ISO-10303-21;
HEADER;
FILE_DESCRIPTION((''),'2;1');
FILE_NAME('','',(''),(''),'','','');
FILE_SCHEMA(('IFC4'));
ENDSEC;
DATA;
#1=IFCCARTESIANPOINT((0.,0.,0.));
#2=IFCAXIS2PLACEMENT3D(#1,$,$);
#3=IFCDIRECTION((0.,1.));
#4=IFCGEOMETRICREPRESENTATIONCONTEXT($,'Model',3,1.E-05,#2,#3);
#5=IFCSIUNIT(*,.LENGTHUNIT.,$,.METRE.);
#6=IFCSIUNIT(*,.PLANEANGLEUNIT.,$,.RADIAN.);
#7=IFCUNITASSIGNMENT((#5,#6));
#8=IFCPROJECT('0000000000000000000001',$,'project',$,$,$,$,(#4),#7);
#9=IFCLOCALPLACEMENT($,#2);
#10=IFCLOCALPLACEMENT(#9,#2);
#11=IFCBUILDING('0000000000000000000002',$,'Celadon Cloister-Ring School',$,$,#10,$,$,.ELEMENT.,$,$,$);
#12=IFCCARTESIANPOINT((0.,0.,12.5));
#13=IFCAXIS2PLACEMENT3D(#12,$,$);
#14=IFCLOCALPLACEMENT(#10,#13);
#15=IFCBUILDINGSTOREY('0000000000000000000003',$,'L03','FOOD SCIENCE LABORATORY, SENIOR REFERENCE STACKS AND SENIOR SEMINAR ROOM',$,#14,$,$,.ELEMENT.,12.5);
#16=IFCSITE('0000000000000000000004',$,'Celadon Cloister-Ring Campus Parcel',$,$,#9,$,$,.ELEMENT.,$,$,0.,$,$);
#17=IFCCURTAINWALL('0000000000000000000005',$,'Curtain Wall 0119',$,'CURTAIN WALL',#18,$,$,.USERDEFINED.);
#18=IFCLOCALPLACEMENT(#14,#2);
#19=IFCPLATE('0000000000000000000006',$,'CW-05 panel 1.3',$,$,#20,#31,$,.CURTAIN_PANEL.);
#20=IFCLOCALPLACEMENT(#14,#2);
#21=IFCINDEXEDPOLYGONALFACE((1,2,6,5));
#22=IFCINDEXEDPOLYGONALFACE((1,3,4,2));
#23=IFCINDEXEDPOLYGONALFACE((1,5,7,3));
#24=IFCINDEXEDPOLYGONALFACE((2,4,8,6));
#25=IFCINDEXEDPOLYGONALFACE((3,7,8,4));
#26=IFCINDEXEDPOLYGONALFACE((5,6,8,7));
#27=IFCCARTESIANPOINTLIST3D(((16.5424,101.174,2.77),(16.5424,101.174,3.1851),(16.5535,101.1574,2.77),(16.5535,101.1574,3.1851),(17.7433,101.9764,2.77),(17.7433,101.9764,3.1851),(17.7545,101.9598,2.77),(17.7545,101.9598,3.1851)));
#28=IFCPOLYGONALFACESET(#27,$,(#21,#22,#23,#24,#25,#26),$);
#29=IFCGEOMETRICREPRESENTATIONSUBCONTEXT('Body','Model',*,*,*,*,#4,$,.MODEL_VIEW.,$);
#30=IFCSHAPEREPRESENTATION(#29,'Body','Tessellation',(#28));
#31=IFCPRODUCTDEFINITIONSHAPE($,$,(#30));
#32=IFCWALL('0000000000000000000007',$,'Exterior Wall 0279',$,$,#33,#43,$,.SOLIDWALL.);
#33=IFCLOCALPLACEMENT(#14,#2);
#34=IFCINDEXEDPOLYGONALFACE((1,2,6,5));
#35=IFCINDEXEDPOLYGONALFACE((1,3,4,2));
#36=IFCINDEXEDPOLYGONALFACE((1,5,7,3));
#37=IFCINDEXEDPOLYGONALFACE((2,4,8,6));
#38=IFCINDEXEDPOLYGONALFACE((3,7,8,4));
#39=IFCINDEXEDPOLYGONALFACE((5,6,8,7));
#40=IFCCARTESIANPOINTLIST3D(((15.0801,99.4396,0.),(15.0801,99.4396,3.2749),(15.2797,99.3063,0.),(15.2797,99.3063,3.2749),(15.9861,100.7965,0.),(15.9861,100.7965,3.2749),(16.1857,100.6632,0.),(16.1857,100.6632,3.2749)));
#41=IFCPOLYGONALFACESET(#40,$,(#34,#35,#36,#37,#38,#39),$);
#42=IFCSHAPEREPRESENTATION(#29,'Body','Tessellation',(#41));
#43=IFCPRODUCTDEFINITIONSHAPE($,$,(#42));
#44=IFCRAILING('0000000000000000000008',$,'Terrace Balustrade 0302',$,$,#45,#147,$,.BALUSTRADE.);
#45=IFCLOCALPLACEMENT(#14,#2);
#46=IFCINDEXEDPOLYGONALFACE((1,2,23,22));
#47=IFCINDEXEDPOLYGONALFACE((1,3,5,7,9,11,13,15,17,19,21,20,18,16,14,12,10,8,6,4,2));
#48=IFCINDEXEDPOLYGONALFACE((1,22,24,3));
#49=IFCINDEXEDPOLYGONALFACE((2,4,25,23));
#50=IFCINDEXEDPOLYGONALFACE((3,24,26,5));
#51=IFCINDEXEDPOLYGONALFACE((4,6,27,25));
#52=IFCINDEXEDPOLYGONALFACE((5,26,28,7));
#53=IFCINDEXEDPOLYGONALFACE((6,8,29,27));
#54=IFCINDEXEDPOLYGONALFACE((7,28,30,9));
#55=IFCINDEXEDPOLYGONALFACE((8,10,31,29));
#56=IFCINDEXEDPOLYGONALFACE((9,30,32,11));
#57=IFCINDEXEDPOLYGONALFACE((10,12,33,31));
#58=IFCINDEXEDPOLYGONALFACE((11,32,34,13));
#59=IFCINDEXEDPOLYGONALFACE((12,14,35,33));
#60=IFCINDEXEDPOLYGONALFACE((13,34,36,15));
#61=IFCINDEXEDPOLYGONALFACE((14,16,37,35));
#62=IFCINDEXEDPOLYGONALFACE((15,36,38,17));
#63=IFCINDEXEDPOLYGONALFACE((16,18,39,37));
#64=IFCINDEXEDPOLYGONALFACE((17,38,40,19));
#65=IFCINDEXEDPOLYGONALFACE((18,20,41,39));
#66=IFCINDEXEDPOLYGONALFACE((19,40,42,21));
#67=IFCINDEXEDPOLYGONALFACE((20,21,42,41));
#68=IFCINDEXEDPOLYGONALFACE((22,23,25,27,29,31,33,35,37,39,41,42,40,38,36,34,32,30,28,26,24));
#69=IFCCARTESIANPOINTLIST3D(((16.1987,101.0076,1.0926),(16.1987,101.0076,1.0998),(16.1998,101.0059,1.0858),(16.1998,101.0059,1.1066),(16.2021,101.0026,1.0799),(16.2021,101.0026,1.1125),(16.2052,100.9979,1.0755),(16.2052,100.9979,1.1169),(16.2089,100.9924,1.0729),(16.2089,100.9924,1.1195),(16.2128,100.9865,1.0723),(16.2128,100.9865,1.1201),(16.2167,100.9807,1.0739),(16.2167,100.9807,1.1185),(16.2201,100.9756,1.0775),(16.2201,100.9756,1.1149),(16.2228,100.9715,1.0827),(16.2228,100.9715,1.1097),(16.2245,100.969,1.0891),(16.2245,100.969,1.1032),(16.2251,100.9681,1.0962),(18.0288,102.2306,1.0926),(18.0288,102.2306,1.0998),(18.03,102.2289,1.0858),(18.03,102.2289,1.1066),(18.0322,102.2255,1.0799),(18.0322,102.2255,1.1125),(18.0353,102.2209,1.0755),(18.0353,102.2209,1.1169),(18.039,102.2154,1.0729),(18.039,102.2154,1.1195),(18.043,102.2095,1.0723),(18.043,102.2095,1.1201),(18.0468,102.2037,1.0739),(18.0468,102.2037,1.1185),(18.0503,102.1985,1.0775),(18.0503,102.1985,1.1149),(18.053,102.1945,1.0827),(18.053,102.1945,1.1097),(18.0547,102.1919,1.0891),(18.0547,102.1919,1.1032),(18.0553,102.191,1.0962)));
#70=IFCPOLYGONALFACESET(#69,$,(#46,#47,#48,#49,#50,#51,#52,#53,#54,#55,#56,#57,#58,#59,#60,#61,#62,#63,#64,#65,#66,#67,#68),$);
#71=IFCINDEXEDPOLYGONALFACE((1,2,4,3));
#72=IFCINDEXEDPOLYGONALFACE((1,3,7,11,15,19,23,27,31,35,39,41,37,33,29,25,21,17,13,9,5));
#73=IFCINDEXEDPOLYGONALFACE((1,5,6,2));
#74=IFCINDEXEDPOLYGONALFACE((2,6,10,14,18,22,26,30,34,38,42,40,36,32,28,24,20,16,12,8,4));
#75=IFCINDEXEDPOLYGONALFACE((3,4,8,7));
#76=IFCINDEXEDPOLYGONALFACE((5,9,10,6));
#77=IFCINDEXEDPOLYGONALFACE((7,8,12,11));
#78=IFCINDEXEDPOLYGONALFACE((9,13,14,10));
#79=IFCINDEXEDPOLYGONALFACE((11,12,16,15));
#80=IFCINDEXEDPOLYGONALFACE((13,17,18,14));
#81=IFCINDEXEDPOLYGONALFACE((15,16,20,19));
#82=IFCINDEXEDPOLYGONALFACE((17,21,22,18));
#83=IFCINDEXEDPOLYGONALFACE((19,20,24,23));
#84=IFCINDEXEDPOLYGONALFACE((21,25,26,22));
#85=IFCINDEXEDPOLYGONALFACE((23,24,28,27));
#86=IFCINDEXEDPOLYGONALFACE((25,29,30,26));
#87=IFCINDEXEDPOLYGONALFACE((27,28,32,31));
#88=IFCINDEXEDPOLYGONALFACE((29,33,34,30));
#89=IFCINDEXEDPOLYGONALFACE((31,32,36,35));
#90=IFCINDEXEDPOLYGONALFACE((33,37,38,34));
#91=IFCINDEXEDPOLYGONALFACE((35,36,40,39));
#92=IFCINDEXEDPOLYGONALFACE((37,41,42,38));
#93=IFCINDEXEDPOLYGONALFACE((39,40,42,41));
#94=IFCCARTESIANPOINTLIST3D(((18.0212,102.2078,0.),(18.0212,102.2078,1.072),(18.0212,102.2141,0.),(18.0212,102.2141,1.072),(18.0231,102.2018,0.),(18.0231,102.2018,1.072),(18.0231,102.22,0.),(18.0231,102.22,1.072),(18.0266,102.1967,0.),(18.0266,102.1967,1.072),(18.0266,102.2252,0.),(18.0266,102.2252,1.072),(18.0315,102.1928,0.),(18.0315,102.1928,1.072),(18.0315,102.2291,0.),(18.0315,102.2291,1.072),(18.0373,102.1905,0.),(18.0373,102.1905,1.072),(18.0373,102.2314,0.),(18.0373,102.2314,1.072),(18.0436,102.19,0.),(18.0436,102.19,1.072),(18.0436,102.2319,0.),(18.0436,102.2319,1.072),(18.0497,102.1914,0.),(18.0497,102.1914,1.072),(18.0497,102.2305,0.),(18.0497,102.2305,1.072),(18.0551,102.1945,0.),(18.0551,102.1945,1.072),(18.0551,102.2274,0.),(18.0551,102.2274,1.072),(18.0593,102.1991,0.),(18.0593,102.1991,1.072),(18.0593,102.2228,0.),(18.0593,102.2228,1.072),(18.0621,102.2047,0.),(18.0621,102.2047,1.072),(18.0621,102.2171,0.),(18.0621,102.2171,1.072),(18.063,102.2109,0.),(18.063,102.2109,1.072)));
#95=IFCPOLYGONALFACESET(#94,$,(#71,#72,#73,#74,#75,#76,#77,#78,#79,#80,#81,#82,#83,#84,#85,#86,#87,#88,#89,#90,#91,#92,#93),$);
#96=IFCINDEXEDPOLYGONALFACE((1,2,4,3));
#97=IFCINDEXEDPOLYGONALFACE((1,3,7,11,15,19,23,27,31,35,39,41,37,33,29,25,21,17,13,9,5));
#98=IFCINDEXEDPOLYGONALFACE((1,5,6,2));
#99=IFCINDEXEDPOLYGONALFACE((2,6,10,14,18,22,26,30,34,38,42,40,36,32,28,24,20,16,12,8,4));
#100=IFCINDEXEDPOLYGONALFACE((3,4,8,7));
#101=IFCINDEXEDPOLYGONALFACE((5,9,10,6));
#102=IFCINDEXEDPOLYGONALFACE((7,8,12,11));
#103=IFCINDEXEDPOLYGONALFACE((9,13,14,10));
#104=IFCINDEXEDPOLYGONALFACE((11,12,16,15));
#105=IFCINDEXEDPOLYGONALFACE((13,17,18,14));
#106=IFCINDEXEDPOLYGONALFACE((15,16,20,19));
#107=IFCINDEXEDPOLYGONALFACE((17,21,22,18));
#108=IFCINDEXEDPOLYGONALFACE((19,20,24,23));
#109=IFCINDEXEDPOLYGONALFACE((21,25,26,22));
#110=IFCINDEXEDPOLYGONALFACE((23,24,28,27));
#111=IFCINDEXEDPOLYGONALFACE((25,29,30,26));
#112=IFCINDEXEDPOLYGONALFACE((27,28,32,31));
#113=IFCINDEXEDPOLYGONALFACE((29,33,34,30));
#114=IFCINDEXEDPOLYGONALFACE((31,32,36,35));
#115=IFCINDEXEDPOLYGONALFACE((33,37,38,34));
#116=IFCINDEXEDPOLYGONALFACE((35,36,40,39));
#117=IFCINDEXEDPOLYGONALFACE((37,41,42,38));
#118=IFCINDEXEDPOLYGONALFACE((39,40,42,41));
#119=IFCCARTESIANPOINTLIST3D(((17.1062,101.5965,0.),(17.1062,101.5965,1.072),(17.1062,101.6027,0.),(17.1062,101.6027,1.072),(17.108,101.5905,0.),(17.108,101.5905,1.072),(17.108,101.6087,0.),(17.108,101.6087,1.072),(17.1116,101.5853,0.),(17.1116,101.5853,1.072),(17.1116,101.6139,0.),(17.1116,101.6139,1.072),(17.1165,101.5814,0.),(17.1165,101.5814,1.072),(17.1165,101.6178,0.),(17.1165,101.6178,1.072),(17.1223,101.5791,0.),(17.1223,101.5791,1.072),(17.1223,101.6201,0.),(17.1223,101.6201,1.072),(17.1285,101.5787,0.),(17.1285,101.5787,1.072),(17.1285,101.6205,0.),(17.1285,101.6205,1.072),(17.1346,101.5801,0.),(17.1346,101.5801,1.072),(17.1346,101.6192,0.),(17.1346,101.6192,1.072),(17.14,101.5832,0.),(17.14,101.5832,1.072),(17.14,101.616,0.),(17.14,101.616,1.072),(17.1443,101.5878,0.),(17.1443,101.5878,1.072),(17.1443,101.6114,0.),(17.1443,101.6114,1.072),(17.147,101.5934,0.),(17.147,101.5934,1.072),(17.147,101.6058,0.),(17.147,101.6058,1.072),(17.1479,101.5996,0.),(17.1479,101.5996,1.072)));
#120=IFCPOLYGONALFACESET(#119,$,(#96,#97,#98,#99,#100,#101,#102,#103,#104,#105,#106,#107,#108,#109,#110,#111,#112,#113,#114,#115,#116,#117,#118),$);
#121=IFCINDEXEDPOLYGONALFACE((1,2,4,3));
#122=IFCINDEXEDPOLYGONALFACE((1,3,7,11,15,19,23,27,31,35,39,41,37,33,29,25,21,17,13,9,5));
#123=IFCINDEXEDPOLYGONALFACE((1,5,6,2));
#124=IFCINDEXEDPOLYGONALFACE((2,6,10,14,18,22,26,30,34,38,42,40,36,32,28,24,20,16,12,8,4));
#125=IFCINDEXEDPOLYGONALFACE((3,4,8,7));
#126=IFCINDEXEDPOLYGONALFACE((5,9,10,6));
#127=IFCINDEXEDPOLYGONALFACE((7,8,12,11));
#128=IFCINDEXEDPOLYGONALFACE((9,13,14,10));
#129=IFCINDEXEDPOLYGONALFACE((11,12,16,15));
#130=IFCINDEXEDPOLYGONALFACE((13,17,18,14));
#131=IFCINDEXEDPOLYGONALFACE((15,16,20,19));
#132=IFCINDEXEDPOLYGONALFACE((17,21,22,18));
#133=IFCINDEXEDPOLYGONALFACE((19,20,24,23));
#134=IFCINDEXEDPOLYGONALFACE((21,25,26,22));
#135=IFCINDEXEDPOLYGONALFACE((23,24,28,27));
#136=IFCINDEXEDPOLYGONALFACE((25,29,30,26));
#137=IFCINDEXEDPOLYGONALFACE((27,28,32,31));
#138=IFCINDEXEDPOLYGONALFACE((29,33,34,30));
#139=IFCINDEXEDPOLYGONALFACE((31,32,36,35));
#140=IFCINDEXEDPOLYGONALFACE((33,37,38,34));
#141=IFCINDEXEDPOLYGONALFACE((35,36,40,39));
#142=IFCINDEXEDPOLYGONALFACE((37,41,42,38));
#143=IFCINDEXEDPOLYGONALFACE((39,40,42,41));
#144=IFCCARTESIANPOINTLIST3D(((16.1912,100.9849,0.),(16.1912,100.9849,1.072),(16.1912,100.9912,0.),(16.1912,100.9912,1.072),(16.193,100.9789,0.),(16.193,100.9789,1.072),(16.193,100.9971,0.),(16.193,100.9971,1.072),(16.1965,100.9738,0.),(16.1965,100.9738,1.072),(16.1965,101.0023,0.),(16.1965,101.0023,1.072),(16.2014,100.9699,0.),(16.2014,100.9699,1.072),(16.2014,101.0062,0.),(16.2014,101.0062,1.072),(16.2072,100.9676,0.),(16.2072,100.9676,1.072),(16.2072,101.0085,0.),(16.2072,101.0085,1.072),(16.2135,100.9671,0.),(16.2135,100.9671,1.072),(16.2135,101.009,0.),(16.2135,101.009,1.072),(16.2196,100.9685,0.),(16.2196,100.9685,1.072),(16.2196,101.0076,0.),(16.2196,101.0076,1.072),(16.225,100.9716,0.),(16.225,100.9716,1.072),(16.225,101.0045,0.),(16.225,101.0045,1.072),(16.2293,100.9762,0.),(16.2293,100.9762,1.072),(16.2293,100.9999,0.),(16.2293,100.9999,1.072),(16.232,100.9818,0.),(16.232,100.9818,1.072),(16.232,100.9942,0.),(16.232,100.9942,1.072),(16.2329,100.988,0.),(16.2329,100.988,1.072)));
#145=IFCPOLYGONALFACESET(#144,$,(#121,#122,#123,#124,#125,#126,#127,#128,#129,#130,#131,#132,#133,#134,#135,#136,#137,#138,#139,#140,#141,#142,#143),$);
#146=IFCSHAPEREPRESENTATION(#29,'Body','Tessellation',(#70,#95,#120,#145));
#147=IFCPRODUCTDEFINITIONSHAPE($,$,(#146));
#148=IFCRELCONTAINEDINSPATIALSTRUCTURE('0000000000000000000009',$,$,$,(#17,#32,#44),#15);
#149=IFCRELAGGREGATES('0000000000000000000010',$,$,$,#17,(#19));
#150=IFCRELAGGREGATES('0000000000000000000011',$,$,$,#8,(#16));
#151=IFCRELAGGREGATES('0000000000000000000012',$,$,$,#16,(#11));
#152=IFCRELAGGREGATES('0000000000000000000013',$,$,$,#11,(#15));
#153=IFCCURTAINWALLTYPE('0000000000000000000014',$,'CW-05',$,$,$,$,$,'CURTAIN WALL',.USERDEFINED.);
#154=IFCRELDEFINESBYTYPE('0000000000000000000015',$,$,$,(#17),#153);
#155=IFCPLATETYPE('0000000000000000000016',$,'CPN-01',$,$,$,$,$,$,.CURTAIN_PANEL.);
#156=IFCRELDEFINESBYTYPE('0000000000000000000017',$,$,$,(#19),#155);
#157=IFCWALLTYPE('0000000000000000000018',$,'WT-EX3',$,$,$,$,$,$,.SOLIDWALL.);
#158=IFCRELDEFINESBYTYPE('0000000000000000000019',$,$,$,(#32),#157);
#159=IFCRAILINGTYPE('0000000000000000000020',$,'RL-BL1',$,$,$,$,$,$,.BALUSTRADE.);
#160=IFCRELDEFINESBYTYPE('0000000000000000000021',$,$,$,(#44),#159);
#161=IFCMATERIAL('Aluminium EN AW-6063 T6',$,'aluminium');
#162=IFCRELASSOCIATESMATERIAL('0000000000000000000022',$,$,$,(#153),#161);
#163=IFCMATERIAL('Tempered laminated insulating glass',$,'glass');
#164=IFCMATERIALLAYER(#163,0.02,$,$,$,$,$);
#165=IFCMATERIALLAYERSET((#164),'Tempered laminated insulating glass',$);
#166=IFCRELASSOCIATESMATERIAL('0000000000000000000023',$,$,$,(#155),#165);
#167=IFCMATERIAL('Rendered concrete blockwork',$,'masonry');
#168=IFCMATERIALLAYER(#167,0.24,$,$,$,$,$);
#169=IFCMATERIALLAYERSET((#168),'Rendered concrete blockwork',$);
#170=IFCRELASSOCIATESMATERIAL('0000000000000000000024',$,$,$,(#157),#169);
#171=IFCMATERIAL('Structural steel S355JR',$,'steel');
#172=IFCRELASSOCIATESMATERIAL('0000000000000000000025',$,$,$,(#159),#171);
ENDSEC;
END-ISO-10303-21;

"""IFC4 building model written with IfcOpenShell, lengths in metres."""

from ifc_helpers import new_model, si_unit, direction, frame, frame_2d, origin, origin_2d, place, context, subcontext, project, spatial, rectangle, circle, extrude, material, layer, layer_set, type_object, element, aggregate, save


model = new_model("IFC4")

# Units and contexts
model_context = context("Model", 3, precision=1e-05, world=origin(), true_north=direction((0.0, 1.0)))
body_context = subcontext(model_context, "Body", "Model", "MODEL_VIEW")
ifc_project = project(units=[si_unit("LENGTHUNIT", "METRE"), si_unit("PLANEANGLEUNIT", "RADIAN")], contexts=[model_context])

# Site, building, storey
site_placement = place(None, origin())
site = spatial("IfcSite", under=ifc_project, at=site_placement, Name="Celadon Cloister-Ring Campus Parcel", CompositionType="ELEMENT", RefElevation=0.0)
building_placement = place(site_placement, origin())
building = spatial("IfcBuilding", under=site, at=building_placement, Name="Celadon Cloister-Ring School", CompositionType="ELEMENT")
storey_placement = place(building_placement, frame((0.0, 0.0, 12.5)))
storey = spatial("IfcBuildingStorey", under=building, at=storey_placement, Name="L03", Description="FOOD SCIENCE LABORATORY, SENIOR REFERENCE STACKS AND SENIOR SEMINAR ROOM", CompositionType="ELEMENT", Elevation=12.5)

# Shared definitions
ifc_material_1 = material(Name="Aluminium EN AW-6063 T6", Category="aluminium")
curtain_wall_type = type_object("IfcCurtainWallType", Name="CW-05", ElementType="CURTAIN WALL", PredefinedType="USERDEFINED", material=ifc_material_1)

# Curtain wall
curtain_wall_1_placement = place(storey_placement, origin())
curtain_wall_1 = element("IfcCurtainWall", 1, at=curtain_wall_1_placement, inside=storey, type_object=curtain_wall_type, Name="Curtain Wall 0119", ObjectType="CURTAIN WALL", PredefinedType="USERDEFINED")

# Plate
ifc_material_2 = material(Name="Tempered laminated insulating glass", Category="glass")
ifc_layer_1 = layer(ifc_material_2, 0.02)
ifc_layer_set_1 = layer_set([ifc_layer_1], Name="Tempered laminated insulating glass")
plate_type = type_object("IfcPlateType", Name="CPN-01", PredefinedType="CURTAIN_PANEL", material=ifc_layer_set_1)
plate_1_placement = place(storey_placement, frame((17.1484, 101.5669, 2.77), z_axis=(0.0, 0.0, 1.0), x_axis=(-0.831485, -0.555547, 0.0)))
plate_1 = element("IfcPlate", 2, at=plate_1_placement, type_object=plate_type, Name="CW-05 panel 1.3", PredefinedType="CURTAIN_PANEL", context=body_context, shape_type="SweptSolid", body=[
    extrude(rectangle(XDim=1.4443, YDim=0.02, at=origin_2d()), origin(), (0.0, 0.0, 1.0), 0.415),
])
aggregate(curtain_wall_1, [plate_1])

# Wall
ifc_material_3 = material(Name="Rendered concrete blockwork", Category="masonry")
ifc_layer_2 = layer(ifc_material_3, 0.24)
ifc_layer_set_2 = layer_set([ifc_layer_2], Name="Rendered concrete blockwork")
wall_type = type_object("IfcWallType", Name="WT-EX3", PredefinedType="SOLIDWALL", material=ifc_layer_set_2)
wall_placement = place(storey_placement, frame((16.0859, 100.73, 0.0), z_axis=(0.0, 0.0, 1.0), x_axis=(-0.555287, -0.831659, 0.0)))
element("IfcWall", 3, at=wall_placement, inside=storey, type_object=wall_type, Name="Exterior Wall 0279", PredefinedType="SOLIDWALL", context=body_context, shape_type="SweptSolid", body=[
    extrude(rectangle(XDim=1.6316, YDim=0.24, at=frame_2d((0.8159, 0.0))), origin(), (0.0, 0.0, 1.0), 3.2749),
])

# Railing
ifc_material_4 = material(Name="Structural steel S355JR", Category="steel")
railing_type = type_object("IfcRailingType", Name="RL-BL1", PredefinedType="BALUSTRADE", material=ifc_material_4)
railing_1_placement = place(storey_placement, frame((18.042, 102.2109, 0.0)))
element("IfcRailing", 4, at=railing_1_placement, inside=storey, type_object=railing_type, Name="Terrace Balustrade 0302", PredefinedType="BALUSTRADE", context=body_context, shape_type="SweptSolid", body=[
    extrude(circle(Radius=0.0239, at=origin_2d()), frame((0.0, 0.0, 1.0962), z_axis=(-0.831453, -0.555596, 0.0), x_axis=(0.555596, -0.831453, 0.0)), (0.0, 0.0, 1.0), 2.2012),
    extrude(circle(Radius=0.021, at=origin_2d()), origin(), (0.0, 0.0, 1.0), 1.072),
    extrude(circle(Radius=0.021, at=origin_2d()), frame((-0.915, -0.6113, 0.0)), (0.0, 0.0, 1.0), 1.072),
    extrude(circle(Radius=0.021, at=origin_2d()), frame((-1.8301, -1.2229, 0.0)), (0.0, 0.0, 1.0), 1.072),
])

save(model, "model.ifc")
